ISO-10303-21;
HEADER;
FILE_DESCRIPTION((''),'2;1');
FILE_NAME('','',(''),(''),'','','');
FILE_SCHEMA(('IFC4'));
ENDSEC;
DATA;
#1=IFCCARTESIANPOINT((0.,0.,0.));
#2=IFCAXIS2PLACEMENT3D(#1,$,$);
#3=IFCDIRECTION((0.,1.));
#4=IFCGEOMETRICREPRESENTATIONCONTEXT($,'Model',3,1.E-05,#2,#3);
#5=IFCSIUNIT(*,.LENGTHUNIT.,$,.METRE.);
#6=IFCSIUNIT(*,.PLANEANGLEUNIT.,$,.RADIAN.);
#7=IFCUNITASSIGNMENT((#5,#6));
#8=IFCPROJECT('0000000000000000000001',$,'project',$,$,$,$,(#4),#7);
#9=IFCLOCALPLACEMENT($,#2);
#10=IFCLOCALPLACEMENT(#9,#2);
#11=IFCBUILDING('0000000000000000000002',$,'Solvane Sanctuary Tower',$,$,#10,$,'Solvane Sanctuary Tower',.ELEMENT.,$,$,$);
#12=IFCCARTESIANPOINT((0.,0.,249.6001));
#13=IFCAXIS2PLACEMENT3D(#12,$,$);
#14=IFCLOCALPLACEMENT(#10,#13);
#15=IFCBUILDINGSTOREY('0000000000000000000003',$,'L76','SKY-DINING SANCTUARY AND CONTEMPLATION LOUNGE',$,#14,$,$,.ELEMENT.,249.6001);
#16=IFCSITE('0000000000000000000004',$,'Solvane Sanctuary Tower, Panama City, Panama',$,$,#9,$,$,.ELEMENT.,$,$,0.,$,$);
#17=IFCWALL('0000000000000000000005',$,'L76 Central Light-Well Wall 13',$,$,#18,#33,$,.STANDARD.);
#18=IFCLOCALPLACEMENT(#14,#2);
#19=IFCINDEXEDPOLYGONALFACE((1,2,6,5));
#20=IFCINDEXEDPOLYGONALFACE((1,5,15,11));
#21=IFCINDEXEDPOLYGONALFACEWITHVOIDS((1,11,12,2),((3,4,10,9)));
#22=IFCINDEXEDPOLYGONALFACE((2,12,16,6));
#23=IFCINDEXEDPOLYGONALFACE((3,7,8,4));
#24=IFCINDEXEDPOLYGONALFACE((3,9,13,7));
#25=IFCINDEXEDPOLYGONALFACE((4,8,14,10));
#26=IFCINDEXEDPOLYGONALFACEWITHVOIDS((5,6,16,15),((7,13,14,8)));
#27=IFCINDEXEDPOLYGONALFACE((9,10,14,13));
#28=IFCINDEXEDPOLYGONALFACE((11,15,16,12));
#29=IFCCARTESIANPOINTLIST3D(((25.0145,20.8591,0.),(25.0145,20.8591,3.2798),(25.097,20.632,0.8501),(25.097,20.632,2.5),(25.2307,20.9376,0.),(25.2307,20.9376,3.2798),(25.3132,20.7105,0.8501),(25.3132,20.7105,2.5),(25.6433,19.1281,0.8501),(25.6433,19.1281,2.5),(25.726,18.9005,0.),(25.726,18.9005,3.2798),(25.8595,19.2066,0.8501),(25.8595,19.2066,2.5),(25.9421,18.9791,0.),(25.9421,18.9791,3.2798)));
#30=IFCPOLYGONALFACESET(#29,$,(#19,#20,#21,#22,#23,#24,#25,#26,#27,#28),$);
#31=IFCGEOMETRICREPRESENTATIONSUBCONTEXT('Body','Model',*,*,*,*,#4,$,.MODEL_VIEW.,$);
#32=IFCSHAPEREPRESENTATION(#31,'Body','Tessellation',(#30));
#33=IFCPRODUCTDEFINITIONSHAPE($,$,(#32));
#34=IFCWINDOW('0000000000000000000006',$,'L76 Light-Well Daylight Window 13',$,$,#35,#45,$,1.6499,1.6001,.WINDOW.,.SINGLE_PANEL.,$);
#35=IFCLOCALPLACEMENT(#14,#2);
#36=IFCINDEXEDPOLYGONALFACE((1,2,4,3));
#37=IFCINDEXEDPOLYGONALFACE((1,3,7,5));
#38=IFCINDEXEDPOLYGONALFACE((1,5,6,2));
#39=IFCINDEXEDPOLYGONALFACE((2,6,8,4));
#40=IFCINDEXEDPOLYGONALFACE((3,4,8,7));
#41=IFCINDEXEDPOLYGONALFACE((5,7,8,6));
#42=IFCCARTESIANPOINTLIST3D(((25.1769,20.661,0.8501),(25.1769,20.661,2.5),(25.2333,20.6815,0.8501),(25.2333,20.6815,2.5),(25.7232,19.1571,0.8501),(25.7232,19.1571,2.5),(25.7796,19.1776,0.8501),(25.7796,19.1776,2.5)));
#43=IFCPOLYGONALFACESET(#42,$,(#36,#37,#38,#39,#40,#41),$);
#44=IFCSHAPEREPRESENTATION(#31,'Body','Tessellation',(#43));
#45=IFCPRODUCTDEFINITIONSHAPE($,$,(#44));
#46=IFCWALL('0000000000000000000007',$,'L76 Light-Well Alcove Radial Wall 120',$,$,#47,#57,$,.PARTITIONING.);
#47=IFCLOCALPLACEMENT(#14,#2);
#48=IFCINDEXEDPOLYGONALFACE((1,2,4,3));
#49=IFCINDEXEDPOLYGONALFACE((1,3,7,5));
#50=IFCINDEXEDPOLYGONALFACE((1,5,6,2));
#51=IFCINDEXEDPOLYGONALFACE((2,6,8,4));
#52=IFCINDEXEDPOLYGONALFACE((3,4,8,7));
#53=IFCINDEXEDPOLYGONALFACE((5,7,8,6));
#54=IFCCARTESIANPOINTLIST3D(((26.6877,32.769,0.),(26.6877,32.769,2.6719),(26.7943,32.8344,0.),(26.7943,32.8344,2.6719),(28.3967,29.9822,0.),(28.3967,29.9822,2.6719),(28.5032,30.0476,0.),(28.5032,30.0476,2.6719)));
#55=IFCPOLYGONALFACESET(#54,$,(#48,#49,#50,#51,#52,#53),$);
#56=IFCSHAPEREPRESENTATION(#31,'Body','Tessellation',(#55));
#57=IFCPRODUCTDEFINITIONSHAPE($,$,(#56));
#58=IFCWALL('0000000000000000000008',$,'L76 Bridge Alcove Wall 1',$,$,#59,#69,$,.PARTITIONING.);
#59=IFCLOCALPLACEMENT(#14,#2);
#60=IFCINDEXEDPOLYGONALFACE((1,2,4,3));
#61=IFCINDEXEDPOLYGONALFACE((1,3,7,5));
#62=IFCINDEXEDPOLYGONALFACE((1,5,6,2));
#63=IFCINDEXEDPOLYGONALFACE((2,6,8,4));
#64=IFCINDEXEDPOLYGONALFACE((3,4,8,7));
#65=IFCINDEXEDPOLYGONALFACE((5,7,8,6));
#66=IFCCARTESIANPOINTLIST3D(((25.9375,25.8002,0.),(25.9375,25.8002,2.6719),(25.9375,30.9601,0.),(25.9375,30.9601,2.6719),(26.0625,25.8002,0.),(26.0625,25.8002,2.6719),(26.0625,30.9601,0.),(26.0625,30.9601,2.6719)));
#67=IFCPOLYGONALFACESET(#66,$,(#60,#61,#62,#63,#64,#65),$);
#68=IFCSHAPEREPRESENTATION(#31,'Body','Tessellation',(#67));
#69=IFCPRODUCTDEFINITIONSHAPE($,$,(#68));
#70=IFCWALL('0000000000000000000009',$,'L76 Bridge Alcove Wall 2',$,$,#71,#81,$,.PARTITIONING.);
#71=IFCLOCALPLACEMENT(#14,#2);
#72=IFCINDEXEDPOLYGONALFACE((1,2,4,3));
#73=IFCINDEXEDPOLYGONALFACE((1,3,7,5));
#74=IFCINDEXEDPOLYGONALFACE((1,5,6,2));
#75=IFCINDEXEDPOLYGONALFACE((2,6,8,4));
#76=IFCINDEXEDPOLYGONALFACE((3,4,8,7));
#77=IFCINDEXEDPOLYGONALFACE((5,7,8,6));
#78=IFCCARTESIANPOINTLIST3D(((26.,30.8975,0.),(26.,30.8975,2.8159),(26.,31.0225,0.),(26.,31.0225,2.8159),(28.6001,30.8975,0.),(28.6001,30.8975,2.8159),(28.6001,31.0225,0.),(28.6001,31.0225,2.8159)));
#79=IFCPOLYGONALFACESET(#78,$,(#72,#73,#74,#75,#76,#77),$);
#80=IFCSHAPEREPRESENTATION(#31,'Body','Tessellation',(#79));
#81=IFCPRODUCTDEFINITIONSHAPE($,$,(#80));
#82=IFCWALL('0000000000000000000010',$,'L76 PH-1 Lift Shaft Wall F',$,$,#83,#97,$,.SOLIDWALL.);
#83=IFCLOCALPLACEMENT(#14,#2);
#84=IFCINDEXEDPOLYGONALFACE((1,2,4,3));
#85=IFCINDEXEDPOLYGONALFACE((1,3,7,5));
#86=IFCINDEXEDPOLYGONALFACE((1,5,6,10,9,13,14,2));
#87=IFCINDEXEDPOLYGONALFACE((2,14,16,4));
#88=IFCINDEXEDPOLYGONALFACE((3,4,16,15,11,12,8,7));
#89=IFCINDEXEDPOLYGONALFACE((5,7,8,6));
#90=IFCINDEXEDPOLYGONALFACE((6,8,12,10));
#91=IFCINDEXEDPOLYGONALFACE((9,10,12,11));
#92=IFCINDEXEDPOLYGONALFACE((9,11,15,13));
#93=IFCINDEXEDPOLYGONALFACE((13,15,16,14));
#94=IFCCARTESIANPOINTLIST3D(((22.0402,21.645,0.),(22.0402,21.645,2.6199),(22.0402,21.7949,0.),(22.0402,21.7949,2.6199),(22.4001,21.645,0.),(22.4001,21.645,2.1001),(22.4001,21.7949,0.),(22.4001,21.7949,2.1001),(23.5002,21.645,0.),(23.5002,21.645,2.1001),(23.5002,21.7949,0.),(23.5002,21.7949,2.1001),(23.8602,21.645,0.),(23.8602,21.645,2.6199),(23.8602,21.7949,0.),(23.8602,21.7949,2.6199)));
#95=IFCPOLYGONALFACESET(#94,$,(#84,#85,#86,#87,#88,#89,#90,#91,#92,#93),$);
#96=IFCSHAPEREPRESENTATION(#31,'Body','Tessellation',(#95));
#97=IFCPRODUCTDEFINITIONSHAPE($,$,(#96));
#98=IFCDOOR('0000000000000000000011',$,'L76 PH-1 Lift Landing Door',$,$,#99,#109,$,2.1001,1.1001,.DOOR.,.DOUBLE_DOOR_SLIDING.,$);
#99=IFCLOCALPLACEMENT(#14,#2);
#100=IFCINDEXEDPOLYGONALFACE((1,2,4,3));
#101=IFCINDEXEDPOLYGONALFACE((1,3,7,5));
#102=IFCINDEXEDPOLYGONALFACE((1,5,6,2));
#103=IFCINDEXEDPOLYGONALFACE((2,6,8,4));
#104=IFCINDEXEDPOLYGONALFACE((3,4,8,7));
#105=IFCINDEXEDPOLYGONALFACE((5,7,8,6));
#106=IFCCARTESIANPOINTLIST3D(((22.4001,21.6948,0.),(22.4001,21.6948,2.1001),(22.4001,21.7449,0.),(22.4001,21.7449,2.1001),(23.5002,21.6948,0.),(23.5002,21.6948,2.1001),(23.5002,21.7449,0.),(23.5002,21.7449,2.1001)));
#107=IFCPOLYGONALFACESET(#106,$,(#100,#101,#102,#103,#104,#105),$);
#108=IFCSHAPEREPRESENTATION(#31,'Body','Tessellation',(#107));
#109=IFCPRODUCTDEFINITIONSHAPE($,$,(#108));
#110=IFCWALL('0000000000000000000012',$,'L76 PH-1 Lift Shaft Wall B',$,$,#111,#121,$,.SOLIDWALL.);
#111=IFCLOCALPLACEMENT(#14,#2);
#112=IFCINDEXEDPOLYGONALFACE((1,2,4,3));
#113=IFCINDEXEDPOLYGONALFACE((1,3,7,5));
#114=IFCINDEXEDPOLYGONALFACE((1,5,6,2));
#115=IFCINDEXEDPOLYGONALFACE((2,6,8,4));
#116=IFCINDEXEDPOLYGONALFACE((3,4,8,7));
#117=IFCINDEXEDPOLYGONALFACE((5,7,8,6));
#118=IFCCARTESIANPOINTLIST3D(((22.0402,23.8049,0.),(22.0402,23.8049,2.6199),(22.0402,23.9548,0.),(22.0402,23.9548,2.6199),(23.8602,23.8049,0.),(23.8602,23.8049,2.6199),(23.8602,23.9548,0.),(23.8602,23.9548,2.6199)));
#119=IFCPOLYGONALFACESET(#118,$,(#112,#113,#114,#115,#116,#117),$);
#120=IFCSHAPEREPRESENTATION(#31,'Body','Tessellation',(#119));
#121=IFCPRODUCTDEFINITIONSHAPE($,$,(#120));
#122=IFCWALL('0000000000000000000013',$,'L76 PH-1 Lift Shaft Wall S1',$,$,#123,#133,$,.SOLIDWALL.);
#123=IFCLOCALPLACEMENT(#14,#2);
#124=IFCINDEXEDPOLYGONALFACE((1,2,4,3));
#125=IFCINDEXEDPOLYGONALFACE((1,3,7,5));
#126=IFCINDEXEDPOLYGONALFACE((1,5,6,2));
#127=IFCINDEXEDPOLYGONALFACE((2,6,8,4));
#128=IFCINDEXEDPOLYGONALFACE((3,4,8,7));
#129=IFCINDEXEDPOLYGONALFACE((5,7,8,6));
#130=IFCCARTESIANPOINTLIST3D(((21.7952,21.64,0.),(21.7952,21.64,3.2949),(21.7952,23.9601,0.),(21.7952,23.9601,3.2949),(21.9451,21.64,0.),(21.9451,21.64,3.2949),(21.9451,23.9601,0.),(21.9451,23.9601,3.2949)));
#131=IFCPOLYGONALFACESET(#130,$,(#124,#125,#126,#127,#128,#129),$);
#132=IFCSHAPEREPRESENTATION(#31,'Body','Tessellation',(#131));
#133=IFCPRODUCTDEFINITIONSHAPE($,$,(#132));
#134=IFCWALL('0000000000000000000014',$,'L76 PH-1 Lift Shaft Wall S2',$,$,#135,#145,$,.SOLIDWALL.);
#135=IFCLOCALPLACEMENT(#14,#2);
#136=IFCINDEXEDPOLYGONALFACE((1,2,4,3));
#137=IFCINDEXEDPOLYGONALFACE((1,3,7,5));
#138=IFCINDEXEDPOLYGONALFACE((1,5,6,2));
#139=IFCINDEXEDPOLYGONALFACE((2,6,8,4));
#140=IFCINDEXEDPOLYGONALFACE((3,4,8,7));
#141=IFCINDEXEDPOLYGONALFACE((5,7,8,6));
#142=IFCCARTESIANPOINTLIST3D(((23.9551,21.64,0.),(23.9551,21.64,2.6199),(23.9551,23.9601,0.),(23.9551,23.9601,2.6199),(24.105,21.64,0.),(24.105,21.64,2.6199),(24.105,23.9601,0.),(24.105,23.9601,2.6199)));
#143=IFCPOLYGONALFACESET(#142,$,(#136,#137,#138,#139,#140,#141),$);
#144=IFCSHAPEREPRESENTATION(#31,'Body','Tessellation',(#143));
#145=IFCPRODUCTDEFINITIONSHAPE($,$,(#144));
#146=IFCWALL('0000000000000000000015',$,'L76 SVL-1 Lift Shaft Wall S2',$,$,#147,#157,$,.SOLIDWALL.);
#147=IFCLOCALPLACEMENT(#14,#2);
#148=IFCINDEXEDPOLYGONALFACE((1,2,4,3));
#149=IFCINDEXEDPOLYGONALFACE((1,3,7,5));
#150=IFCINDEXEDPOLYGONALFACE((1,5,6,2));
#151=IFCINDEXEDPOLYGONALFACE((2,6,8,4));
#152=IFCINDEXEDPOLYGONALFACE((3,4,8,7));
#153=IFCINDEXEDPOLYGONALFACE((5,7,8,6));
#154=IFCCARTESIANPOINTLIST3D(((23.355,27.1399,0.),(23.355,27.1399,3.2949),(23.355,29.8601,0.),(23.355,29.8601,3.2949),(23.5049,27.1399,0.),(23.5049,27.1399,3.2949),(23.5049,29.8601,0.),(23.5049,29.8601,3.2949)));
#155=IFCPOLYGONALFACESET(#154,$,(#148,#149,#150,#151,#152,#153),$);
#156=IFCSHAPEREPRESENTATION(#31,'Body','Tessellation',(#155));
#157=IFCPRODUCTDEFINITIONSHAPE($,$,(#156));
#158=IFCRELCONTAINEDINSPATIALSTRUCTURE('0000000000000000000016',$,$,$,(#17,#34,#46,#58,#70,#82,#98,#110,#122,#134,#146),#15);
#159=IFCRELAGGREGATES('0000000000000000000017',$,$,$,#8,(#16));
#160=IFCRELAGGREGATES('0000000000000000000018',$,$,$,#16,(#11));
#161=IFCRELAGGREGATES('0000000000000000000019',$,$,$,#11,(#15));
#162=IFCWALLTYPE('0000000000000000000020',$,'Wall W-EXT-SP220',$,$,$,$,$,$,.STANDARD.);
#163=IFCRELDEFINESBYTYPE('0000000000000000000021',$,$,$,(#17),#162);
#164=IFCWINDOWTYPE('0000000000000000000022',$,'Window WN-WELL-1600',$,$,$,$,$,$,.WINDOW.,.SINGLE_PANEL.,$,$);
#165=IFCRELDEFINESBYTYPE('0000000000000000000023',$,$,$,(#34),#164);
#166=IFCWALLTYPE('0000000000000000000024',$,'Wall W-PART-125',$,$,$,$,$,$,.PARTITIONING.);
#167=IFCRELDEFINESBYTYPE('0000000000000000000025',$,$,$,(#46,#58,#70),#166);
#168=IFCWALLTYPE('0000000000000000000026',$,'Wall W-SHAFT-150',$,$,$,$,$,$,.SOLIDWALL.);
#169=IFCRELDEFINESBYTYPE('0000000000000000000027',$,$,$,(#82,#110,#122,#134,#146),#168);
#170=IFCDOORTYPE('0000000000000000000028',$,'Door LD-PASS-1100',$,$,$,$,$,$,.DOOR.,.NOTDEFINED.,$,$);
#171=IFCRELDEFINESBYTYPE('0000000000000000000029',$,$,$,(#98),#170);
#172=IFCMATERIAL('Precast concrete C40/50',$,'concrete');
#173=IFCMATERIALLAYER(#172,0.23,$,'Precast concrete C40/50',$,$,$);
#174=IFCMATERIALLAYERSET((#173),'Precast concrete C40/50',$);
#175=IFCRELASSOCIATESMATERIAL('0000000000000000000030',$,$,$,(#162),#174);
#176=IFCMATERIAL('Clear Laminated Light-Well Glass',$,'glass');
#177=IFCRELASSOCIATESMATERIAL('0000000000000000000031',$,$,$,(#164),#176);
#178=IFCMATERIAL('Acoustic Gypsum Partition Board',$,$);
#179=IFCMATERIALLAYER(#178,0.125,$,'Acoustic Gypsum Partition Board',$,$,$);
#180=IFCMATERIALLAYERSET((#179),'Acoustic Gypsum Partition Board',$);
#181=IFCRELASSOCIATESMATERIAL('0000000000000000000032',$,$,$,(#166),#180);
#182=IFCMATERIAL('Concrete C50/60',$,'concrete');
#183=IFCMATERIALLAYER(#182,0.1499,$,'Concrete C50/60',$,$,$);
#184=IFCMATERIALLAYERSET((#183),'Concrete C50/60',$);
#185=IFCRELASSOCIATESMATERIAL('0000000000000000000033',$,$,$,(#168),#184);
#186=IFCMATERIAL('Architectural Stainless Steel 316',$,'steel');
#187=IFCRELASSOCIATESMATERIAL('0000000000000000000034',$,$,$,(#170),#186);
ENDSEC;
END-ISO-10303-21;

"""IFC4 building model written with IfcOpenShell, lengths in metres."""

from ifc_helpers import new_model, si_unit, direction, frame, frame_2d, origin, place, context, subcontext, project, spatial, rectangle, extrude, material, layer, layer_set, type_object, element, fill, save


model = new_model("IFC4")

# Units and contexts
model_context = context("Model", 3, precision=1e-05, world=origin(), true_north=direction((0.0, 1.0)))
body_context = subcontext(model_context, "Body", "Model", "MODEL_VIEW")
ifc_project = project(units=[si_unit("LENGTHUNIT", "METRE"), si_unit("PLANEANGLEUNIT", "RADIAN")], contexts=[model_context])

# Site, building, storey
site_placement = place(None, origin())
site = spatial("IfcSite", under=ifc_project, at=site_placement, Name="Solvane Sanctuary Tower, Panama City, Panama", CompositionType="ELEMENT", RefElevation=0.0)
building_placement = place(site_placement, origin())
building = spatial("IfcBuilding", under=site, at=building_placement, Name="Solvane Sanctuary Tower", LongName="Solvane Sanctuary Tower", CompositionType="ELEMENT")
storey_placement = place(building_placement, frame((0.0, 0.0, 249.6001)))
storey = spatial("IfcBuildingStorey", under=building, at=storey_placement, Name="L76", Description="SKY-DINING SANCTUARY AND CONTEMPLATION LOUNGE", CompositionType="ELEMENT", Elevation=249.6001)

# Shared definitions
ifc_material_1 = material(Name="Acoustic Gypsum Partition Board")
ifc_material_2 = material(Name="Architectural Stainless Steel 316", Category="steel")

# Shared definitions
ifc_material_3 = material(Name="Precast concrete C40/50", Category="concrete")
ifc_layer_1 = layer(ifc_material_3, 0.23, Name="Precast concrete C40/50")
ifc_layer_set_1 = layer_set([ifc_layer_1], Name="Precast concrete C40/50")
wall_type_1 = type_object("IfcWallType", Name="Wall W-EXT-SP220", PredefinedType="STANDARD", material=ifc_layer_set_1)

# Shared definitions
ifc_material_4 = material(Name="Clear Laminated Light-Well Glass", Category="glass")
window_type = type_object("IfcWindowType", Name="Window WN-WELL-1600", PartitioningType="SINGLE_PANEL", PredefinedType="WINDOW", material=ifc_material_4)

# Wall, opening, window
wall_1_placement = place(storey_placement, frame((25.1226, 20.8984, 0.0), z_axis=(0.0, 0.0, 1.0), x_axis=(0.341423, -0.93991, 0.0)))
wall_1 = element("IfcWall", 1, at=wall_1_placement, inside=storey, type_object=wall_type_1, Name="L76 Central Light-Well Wall 13", PredefinedType="STANDARD", context=body_context, shape_type="SweptSolid", body=[
    extrude(rectangle(XDim=2.0837, YDim=0.23, at=frame_2d((1.042, 0.0))), origin(), (0.0, 0.0, 1.0), 3.2798),
])
opening_1_placement = place(wall_1_placement, frame((0.2417, 0.0, 0.8501)))
opening_1 = element("IfcOpeningElement", 2, at=opening_1_placement, cuts=wall_1, PredefinedType="OPENING", context=body_context, shape_type="SweptSolid", body=[
    extrude(rectangle(XDim=1.6001, YDim=1.6499, at=frame_2d((0.8, 0.825))), frame((0.0, 0.125, 0.0), z_axis=(0.0, -1.0, 0.0), x_axis=(1.0, 0.0, 0.0)), (0.0, 0.0, 1.0), 0.25),
])
window_1_placement = place(opening_1_placement, origin())
window_1 = element("IfcWindow", 3, at=window_1_placement, inside=storey, type_object=window_type, Name="L76 Light-Well Daylight Window 13", OverallHeight=1.6499, OverallWidth=1.6001, PartitioningType="SINGLE_PANEL", PredefinedType="WINDOW", context=body_context, shape_type="SweptSolid", body=[
    extrude(rectangle(XDim=1.6001, YDim=1.6499, at=frame_2d((0.8, 0.825))), frame((0.0, 0.03, 0.0), z_axis=(0.0, -1.0, 0.0), x_axis=(1.0, 0.0, 0.0)), (0.0, 0.0, 1.0), 0.0601),
])
fill(opening_1, window_1)

# Walls
ifc_layer_2 = layer(ifc_material_1, 0.125, Name="Acoustic Gypsum Partition Board")
ifc_layer_set_2 = layer_set([ifc_layer_2], Name="Acoustic Gypsum Partition Board")
wall_type_2 = type_object("IfcWallType", Name="Wall W-PART-125", PredefinedType="PARTITIONING", material=ifc_layer_set_2)
wall_2_placement = place(storey_placement, frame((28.45, 30.0149, 0.0), z_axis=(0.0, 0.0, 1.0), x_axis=(-0.522763, 0.852478, 0.0)))
element("IfcWall", 4, at=wall_2_placement, inside=storey, type_object=wall_type_2, Name="L76 Light-Well Alcove Radial Wall 120", PredefinedType="PARTITIONING", context=body_context, shape_type="SweptSolid", body=[
    extrude(rectangle(XDim=3.269, YDim=0.125, at=frame_2d((1.6345, 0.0))), origin(), (0.0, 0.0, 1.0), 2.6719),
])
wall_3_placement = place(storey_placement, frame((26.0, 25.8, 0.0), z_axis=(0.0, 0.0, 1.0), x_axis=(0.0, 1.0, 0.0)))
element("IfcWall", 5, at=wall_3_placement, inside=storey, type_object=wall_type_2, Name="L76 Bridge Alcove Wall 1", PredefinedType="PARTITIONING", context=body_context, shape_type="SweptSolid", body=[
    extrude(rectangle(XDim=5.1599, YDim=0.125, at=frame_2d((2.5801, 0.0))), origin(), (0.0, 0.0, 1.0), 2.6719),
])
wall_4_placement = place(storey_placement, frame((26.0, 30.96, 0.0), z_axis=(0.0, 0.0, 1.0), x_axis=(1.0, 0.0, 0.0)))
element("IfcWall", 6, at=wall_4_placement, inside=storey, type_object=wall_type_2, Name="L76 Bridge Alcove Wall 2", PredefinedType="PARTITIONING", context=body_context, shape_type="SweptSolid", body=[
    extrude(rectangle(XDim=2.6001, YDim=0.125, at=frame_2d((1.3, 0.0))), origin(), (0.0, 0.0, 1.0), 2.8159),
])

# Wall, opening, door
ifc_material_5 = material(Name="Concrete C50/60", Category="concrete")
ifc_layer_3 = layer(ifc_material_5, 0.1499, Name="Concrete C50/60")
ifc_layer_set_3 = layer_set([ifc_layer_3], Name="Concrete C50/60")
wall_type_3 = type_object("IfcWallType", Name="Wall W-SHAFT-150", PredefinedType="SOLIDWALL", material=ifc_layer_set_3)
wall_5_placement = place(storey_placement, frame((22.04, 21.72, 0.0), z_axis=(0.0, 0.0, 1.0), x_axis=(1.0, 0.0, 0.0)))
wall_5 = element("IfcWall", 7, at=wall_5_placement, inside=storey, type_object=wall_type_3, Name="L76 PH-1 Lift Shaft Wall F", PredefinedType="SOLIDWALL", context=body_context, shape_type="SweptSolid", body=[
    extrude(rectangle(XDim=1.8201, YDim=0.1499, at=frame_2d((0.9102, 0.0))), origin(), (0.0, 0.0, 1.0), 2.6199),
])
opening_2_placement = place(wall_5_placement, frame((0.3601, 0.0, 0.0)))
opening_2 = element("IfcOpeningElement", 8, at=opening_2_placement, cuts=wall_5, PredefinedType="OPENING", context=body_context, shape_type="SweptSolid", body=[
    extrude(rectangle(XDim=1.1001, YDim=2.1001, at=frame_2d((0.55, 1.05))), frame((0.0, 0.085, 0.0), z_axis=(0.0, -1.0, 0.0), x_axis=(1.0, 0.0, 0.0)), (0.0, 0.0, 1.0), 0.1699),
])
door_type_1 = type_object("IfcDoorType", Name="Door LD-PASS-1100", OperationType="NOTDEFINED", PredefinedType="DOOR", material=ifc_material_2)
door_1_placement = place(opening_2_placement, origin())
door_1 = element("IfcDoor", 9, at=door_1_placement, inside=storey, type_object=door_type_1, Name="L76 PH-1 Lift Landing Door", OperationType="DOUBLE_DOOR_SLIDING", OverallHeight=2.1001, OverallWidth=1.1001, PredefinedType="DOOR", context=body_context, shape_type="SweptSolid", body=[
    extrude(rectangle(XDim=1.1001, YDim=2.1001, at=frame_2d((0.55, 1.05))), frame((0.0, 0.0249, 0.0), z_axis=(0.0, -1.0, 0.0), x_axis=(1.0, 0.0, 0.0)), (0.0, 0.0, 1.0), 0.05),
])
fill(opening_2, door_1)

# Walls
wall_6_placement = place(storey_placement, frame((22.04, 23.8799, 0.0), z_axis=(0.0, 0.0, 1.0), x_axis=(1.0, 0.0, 0.0)))
element("IfcWall", 10, at=wall_6_placement, inside=storey, type_object=wall_type_3, Name="L76 PH-1 Lift Shaft Wall B", PredefinedType="SOLIDWALL", context=body_context, shape_type="SweptSolid", body=[
    extrude(rectangle(XDim=1.8201, YDim=0.1499, at=frame_2d((0.9102, 0.0))), origin(), (0.0, 0.0, 1.0), 2.6199),
])
wall_7_placement = place(storey_placement, frame((21.8701, 21.6399, 0.0), z_axis=(0.0, 0.0, 1.0), x_axis=(0.0, 1.0, 0.0)))
element("IfcWall", 11, at=wall_7_placement, inside=storey, type_object=wall_type_3, Name="L76 PH-1 Lift Shaft Wall S1", PredefinedType="SOLIDWALL", context=body_context, shape_type="SweptSolid", body=[
    extrude(rectangle(XDim=2.3201, YDim=0.1499, at=frame_2d((1.1602, 0.0))), origin(), (0.0, 0.0, 1.0), 3.2949),
])
wall_8_placement = place(storey_placement, frame((24.03, 21.6399, 0.0), z_axis=(0.0, 0.0, 1.0), x_axis=(0.0, 1.0, 0.0)))
element("IfcWall", 12, at=wall_8_placement, inside=storey, type_object=wall_type_3, Name="L76 PH-1 Lift Shaft Wall S2", PredefinedType="SOLIDWALL", context=body_context, shape_type="SweptSolid", body=[
    extrude(rectangle(XDim=2.3201, YDim=0.1499, at=frame_2d((1.1602, 0.0))), origin(), (0.0, 0.0, 1.0), 2.6199),
])
wall_9_placement = place(storey_placement, frame((23.4299, 27.1399, 0.0), z_axis=(0.0, 0.0, 1.0), x_axis=(0.0, 1.0, 0.0)))
element("IfcWall", 13, at=wall_9_placement, inside=storey, type_object=wall_type_3, Name="L76 SVL-1 Lift Shaft Wall S2", PredefinedType="SOLIDWALL", context=body_context, shape_type="SweptSolid", body=[
    extrude(rectangle(XDim=2.7202, YDim=0.1499, at=frame_2d((1.3601, 0.0))), origin(), (0.0, 0.0, 1.0), 3.2949),
])

save(model, "model.ifc")
